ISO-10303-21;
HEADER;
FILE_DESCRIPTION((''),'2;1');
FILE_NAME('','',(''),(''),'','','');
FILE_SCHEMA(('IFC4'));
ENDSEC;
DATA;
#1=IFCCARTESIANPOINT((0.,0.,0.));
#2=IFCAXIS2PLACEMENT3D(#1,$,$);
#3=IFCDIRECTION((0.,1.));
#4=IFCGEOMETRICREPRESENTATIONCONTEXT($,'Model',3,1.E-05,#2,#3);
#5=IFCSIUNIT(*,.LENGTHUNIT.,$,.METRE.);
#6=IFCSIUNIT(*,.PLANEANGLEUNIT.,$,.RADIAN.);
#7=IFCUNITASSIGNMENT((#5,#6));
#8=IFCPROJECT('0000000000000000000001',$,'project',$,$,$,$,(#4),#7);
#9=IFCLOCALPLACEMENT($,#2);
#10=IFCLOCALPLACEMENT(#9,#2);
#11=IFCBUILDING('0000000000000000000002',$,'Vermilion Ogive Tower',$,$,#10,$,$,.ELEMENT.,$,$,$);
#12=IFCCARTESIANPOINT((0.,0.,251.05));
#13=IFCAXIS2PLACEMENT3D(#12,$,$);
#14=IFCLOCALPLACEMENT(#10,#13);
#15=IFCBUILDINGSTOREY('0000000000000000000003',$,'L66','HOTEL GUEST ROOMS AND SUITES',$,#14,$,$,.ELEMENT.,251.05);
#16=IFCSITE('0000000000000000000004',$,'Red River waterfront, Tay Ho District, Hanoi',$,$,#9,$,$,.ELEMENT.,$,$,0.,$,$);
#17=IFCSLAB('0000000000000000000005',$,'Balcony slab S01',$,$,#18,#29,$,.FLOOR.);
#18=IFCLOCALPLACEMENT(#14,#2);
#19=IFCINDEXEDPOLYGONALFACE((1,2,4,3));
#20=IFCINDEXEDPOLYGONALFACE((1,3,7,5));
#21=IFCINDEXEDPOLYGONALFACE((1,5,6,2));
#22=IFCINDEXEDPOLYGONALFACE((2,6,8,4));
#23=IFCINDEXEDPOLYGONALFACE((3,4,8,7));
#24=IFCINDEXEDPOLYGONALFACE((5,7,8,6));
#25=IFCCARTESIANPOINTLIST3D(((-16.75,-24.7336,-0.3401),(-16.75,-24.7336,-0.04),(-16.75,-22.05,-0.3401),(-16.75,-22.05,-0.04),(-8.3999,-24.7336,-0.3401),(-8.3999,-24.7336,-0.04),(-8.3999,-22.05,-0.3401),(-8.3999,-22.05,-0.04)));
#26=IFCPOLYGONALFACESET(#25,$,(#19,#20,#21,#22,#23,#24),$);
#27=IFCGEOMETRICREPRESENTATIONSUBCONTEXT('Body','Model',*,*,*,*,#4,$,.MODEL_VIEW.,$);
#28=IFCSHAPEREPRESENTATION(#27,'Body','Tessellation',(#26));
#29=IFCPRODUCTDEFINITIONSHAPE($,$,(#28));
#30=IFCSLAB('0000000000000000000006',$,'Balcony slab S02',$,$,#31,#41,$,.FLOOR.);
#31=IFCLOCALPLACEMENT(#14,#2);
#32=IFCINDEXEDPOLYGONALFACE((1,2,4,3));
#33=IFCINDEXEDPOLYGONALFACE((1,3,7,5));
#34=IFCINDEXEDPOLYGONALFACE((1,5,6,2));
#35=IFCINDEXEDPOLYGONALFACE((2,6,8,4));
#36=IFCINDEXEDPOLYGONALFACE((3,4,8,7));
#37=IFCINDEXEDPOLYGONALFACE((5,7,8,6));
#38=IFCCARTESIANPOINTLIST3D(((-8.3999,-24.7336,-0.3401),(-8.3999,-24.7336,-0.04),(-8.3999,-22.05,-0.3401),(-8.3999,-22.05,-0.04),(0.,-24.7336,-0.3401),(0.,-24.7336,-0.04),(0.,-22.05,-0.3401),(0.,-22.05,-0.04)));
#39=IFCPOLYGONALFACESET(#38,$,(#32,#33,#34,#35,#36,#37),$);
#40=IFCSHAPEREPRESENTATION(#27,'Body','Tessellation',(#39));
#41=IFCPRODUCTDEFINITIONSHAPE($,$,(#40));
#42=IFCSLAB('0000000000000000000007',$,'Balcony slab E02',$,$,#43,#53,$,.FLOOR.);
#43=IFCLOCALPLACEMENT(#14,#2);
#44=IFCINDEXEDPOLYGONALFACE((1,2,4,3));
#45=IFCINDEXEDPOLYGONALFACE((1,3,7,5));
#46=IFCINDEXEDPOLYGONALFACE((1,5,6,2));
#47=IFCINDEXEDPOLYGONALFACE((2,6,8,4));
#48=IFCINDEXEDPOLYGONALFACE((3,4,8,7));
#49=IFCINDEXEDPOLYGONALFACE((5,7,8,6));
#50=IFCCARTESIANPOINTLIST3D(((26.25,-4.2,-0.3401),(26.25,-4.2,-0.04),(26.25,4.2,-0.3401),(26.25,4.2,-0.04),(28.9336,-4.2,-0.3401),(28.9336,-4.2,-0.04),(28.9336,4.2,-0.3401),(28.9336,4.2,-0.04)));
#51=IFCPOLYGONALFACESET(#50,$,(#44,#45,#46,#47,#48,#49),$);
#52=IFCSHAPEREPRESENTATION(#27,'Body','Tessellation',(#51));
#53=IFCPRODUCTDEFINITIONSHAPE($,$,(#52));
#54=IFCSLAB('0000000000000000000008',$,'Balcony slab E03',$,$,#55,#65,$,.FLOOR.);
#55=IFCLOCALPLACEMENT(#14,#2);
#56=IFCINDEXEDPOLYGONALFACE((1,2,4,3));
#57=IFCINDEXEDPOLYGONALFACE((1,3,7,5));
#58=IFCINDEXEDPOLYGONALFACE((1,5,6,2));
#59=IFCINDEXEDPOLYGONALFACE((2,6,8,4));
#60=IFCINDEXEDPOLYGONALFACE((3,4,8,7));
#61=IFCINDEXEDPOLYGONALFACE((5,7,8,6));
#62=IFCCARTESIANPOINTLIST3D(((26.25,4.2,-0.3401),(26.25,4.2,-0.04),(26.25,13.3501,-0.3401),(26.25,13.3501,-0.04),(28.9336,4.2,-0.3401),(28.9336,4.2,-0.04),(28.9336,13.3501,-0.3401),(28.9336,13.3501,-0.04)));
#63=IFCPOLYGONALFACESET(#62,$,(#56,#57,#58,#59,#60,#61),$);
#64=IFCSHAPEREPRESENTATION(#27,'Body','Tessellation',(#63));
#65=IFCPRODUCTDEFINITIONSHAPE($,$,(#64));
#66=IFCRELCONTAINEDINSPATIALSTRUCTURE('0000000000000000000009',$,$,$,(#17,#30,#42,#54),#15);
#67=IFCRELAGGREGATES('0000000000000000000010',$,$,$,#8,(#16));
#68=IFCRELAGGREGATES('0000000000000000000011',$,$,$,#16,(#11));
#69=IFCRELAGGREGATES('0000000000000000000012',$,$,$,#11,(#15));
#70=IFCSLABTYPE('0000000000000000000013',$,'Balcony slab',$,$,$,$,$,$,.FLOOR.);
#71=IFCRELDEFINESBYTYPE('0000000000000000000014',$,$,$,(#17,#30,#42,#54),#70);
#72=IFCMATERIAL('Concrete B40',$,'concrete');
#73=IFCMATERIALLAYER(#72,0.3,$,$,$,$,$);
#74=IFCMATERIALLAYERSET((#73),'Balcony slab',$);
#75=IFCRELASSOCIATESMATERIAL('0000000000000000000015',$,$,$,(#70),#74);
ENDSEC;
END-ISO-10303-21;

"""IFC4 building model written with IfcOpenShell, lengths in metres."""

from ifc_helpers import new_model, si_unit, direction, frame, origin, place, context, subcontext, project, spatial, polyline, outline, extrude, material, layer, layer_set, type_object, element, save


model = new_model("IFC4")

# Units and contexts
model_context = context("Model", 3, precision=1e-05, world=origin(), true_north=direction((0.0, 1.0)))
body_context = subcontext(model_context, "Body", "Model", "MODEL_VIEW")
ifc_project = project(units=[si_unit("LENGTHUNIT", "METRE"), si_unit("PLANEANGLEUNIT", "RADIAN")], contexts=[model_context])

# Site, building, storey
site_placement = place(None, origin())
site = spatial("IfcSite", under=ifc_project, at=site_placement, Name="Red River waterfront, Tay Ho District, Hanoi", CompositionType="ELEMENT", RefElevation=0.0)
building_placement = place(site_placement, origin())
building = spatial("IfcBuilding", under=site, at=building_placement, Name="Vermilion Ogive Tower", CompositionType="ELEMENT")
storey_placement = place(building_placement, frame((0.0, 0.0, 251.05)))
storey = spatial("IfcBuildingStorey", under=building, at=storey_placement, Name="L66", Description="HOTEL GUEST ROOMS AND SUITES", CompositionType="ELEMENT", Elevation=251.05)

# Slabs
ifc_material_1 = material(Name="Concrete B40", Category="concrete")
ifc_layer_1 = layer(ifc_material_1, 0.3)
ifc_layer_set_1 = layer_set([ifc_layer_1], Name="Balcony slab")
slab_type_1 = type_object("IfcSlabType", Name="Balcony slab", PredefinedType="FLOOR", material=ifc_layer_set_1)
slab_1_placement = place(storey_placement, frame((0.0, 0.0, -0.3401)))
element("IfcSlab", 1, at=slab_1_placement, inside=storey, type_object=slab_type_1, Name="Balcony slab S01", PredefinedType="FLOOR", context=body_context, shape_type="SweptSolid", body=[
    extrude(outline(polyline([(-16.75, -24.7336), (-8.3999, -24.7336), (-8.3999, -22.05), (-16.75, -22.05), (-16.75, -24.7336)])), origin(), (0.0, 0.0, 1.0), 0.3),
])
slab_2_placement = place(storey_placement, frame((0.0, 0.0, -0.3401)))
element("IfcSlab", 2, at=slab_2_placement, inside=storey, type_object=slab_type_1, Name="Balcony slab S02", PredefinedType="FLOOR", context=body_context, shape_type="SweptSolid", body=[
    extrude(outline(polyline([(-8.3999, -24.7336), (0.0, -24.7336), (0.0, -22.05), (-8.3999, -22.05), (-8.3999, -24.7336)])), origin(), (0.0, 0.0, 1.0), 0.3),
])
slab_3_placement = place(storey_placement, frame((0.0, 0.0, -0.3401)))
element("IfcSlab", 3, at=slab_3_placement, inside=storey, type_object=slab_type_1, Name="Balcony slab E02", PredefinedType="FLOOR", context=body_context, shape_type="SweptSolid", body=[
    extrude(outline(polyline([(28.9336, -4.2), (28.9336, 4.2), (26.25, 4.2), (26.25, -4.2), (28.9336, -4.2)])), origin(), (0.0, 0.0, 1.0), 0.3),
])
slab_4_placement = place(storey_placement, frame((0.0, 0.0, -0.3401)))
element("IfcSlab", 4, at=slab_4_placement, inside=storey, type_object=slab_type_1, Name="Balcony slab E03", PredefinedType="FLOOR", context=body_context, shape_type="SweptSolid", body=[
    extrude(outline(polyline([(28.9336, 4.2), (28.9336, 13.3501), (26.25, 13.3501), (26.25, 4.2), (28.9336, 4.2)])), origin(), (0.0, 0.0, 1.0), 0.3),
])

save(model, "model.ifc")
